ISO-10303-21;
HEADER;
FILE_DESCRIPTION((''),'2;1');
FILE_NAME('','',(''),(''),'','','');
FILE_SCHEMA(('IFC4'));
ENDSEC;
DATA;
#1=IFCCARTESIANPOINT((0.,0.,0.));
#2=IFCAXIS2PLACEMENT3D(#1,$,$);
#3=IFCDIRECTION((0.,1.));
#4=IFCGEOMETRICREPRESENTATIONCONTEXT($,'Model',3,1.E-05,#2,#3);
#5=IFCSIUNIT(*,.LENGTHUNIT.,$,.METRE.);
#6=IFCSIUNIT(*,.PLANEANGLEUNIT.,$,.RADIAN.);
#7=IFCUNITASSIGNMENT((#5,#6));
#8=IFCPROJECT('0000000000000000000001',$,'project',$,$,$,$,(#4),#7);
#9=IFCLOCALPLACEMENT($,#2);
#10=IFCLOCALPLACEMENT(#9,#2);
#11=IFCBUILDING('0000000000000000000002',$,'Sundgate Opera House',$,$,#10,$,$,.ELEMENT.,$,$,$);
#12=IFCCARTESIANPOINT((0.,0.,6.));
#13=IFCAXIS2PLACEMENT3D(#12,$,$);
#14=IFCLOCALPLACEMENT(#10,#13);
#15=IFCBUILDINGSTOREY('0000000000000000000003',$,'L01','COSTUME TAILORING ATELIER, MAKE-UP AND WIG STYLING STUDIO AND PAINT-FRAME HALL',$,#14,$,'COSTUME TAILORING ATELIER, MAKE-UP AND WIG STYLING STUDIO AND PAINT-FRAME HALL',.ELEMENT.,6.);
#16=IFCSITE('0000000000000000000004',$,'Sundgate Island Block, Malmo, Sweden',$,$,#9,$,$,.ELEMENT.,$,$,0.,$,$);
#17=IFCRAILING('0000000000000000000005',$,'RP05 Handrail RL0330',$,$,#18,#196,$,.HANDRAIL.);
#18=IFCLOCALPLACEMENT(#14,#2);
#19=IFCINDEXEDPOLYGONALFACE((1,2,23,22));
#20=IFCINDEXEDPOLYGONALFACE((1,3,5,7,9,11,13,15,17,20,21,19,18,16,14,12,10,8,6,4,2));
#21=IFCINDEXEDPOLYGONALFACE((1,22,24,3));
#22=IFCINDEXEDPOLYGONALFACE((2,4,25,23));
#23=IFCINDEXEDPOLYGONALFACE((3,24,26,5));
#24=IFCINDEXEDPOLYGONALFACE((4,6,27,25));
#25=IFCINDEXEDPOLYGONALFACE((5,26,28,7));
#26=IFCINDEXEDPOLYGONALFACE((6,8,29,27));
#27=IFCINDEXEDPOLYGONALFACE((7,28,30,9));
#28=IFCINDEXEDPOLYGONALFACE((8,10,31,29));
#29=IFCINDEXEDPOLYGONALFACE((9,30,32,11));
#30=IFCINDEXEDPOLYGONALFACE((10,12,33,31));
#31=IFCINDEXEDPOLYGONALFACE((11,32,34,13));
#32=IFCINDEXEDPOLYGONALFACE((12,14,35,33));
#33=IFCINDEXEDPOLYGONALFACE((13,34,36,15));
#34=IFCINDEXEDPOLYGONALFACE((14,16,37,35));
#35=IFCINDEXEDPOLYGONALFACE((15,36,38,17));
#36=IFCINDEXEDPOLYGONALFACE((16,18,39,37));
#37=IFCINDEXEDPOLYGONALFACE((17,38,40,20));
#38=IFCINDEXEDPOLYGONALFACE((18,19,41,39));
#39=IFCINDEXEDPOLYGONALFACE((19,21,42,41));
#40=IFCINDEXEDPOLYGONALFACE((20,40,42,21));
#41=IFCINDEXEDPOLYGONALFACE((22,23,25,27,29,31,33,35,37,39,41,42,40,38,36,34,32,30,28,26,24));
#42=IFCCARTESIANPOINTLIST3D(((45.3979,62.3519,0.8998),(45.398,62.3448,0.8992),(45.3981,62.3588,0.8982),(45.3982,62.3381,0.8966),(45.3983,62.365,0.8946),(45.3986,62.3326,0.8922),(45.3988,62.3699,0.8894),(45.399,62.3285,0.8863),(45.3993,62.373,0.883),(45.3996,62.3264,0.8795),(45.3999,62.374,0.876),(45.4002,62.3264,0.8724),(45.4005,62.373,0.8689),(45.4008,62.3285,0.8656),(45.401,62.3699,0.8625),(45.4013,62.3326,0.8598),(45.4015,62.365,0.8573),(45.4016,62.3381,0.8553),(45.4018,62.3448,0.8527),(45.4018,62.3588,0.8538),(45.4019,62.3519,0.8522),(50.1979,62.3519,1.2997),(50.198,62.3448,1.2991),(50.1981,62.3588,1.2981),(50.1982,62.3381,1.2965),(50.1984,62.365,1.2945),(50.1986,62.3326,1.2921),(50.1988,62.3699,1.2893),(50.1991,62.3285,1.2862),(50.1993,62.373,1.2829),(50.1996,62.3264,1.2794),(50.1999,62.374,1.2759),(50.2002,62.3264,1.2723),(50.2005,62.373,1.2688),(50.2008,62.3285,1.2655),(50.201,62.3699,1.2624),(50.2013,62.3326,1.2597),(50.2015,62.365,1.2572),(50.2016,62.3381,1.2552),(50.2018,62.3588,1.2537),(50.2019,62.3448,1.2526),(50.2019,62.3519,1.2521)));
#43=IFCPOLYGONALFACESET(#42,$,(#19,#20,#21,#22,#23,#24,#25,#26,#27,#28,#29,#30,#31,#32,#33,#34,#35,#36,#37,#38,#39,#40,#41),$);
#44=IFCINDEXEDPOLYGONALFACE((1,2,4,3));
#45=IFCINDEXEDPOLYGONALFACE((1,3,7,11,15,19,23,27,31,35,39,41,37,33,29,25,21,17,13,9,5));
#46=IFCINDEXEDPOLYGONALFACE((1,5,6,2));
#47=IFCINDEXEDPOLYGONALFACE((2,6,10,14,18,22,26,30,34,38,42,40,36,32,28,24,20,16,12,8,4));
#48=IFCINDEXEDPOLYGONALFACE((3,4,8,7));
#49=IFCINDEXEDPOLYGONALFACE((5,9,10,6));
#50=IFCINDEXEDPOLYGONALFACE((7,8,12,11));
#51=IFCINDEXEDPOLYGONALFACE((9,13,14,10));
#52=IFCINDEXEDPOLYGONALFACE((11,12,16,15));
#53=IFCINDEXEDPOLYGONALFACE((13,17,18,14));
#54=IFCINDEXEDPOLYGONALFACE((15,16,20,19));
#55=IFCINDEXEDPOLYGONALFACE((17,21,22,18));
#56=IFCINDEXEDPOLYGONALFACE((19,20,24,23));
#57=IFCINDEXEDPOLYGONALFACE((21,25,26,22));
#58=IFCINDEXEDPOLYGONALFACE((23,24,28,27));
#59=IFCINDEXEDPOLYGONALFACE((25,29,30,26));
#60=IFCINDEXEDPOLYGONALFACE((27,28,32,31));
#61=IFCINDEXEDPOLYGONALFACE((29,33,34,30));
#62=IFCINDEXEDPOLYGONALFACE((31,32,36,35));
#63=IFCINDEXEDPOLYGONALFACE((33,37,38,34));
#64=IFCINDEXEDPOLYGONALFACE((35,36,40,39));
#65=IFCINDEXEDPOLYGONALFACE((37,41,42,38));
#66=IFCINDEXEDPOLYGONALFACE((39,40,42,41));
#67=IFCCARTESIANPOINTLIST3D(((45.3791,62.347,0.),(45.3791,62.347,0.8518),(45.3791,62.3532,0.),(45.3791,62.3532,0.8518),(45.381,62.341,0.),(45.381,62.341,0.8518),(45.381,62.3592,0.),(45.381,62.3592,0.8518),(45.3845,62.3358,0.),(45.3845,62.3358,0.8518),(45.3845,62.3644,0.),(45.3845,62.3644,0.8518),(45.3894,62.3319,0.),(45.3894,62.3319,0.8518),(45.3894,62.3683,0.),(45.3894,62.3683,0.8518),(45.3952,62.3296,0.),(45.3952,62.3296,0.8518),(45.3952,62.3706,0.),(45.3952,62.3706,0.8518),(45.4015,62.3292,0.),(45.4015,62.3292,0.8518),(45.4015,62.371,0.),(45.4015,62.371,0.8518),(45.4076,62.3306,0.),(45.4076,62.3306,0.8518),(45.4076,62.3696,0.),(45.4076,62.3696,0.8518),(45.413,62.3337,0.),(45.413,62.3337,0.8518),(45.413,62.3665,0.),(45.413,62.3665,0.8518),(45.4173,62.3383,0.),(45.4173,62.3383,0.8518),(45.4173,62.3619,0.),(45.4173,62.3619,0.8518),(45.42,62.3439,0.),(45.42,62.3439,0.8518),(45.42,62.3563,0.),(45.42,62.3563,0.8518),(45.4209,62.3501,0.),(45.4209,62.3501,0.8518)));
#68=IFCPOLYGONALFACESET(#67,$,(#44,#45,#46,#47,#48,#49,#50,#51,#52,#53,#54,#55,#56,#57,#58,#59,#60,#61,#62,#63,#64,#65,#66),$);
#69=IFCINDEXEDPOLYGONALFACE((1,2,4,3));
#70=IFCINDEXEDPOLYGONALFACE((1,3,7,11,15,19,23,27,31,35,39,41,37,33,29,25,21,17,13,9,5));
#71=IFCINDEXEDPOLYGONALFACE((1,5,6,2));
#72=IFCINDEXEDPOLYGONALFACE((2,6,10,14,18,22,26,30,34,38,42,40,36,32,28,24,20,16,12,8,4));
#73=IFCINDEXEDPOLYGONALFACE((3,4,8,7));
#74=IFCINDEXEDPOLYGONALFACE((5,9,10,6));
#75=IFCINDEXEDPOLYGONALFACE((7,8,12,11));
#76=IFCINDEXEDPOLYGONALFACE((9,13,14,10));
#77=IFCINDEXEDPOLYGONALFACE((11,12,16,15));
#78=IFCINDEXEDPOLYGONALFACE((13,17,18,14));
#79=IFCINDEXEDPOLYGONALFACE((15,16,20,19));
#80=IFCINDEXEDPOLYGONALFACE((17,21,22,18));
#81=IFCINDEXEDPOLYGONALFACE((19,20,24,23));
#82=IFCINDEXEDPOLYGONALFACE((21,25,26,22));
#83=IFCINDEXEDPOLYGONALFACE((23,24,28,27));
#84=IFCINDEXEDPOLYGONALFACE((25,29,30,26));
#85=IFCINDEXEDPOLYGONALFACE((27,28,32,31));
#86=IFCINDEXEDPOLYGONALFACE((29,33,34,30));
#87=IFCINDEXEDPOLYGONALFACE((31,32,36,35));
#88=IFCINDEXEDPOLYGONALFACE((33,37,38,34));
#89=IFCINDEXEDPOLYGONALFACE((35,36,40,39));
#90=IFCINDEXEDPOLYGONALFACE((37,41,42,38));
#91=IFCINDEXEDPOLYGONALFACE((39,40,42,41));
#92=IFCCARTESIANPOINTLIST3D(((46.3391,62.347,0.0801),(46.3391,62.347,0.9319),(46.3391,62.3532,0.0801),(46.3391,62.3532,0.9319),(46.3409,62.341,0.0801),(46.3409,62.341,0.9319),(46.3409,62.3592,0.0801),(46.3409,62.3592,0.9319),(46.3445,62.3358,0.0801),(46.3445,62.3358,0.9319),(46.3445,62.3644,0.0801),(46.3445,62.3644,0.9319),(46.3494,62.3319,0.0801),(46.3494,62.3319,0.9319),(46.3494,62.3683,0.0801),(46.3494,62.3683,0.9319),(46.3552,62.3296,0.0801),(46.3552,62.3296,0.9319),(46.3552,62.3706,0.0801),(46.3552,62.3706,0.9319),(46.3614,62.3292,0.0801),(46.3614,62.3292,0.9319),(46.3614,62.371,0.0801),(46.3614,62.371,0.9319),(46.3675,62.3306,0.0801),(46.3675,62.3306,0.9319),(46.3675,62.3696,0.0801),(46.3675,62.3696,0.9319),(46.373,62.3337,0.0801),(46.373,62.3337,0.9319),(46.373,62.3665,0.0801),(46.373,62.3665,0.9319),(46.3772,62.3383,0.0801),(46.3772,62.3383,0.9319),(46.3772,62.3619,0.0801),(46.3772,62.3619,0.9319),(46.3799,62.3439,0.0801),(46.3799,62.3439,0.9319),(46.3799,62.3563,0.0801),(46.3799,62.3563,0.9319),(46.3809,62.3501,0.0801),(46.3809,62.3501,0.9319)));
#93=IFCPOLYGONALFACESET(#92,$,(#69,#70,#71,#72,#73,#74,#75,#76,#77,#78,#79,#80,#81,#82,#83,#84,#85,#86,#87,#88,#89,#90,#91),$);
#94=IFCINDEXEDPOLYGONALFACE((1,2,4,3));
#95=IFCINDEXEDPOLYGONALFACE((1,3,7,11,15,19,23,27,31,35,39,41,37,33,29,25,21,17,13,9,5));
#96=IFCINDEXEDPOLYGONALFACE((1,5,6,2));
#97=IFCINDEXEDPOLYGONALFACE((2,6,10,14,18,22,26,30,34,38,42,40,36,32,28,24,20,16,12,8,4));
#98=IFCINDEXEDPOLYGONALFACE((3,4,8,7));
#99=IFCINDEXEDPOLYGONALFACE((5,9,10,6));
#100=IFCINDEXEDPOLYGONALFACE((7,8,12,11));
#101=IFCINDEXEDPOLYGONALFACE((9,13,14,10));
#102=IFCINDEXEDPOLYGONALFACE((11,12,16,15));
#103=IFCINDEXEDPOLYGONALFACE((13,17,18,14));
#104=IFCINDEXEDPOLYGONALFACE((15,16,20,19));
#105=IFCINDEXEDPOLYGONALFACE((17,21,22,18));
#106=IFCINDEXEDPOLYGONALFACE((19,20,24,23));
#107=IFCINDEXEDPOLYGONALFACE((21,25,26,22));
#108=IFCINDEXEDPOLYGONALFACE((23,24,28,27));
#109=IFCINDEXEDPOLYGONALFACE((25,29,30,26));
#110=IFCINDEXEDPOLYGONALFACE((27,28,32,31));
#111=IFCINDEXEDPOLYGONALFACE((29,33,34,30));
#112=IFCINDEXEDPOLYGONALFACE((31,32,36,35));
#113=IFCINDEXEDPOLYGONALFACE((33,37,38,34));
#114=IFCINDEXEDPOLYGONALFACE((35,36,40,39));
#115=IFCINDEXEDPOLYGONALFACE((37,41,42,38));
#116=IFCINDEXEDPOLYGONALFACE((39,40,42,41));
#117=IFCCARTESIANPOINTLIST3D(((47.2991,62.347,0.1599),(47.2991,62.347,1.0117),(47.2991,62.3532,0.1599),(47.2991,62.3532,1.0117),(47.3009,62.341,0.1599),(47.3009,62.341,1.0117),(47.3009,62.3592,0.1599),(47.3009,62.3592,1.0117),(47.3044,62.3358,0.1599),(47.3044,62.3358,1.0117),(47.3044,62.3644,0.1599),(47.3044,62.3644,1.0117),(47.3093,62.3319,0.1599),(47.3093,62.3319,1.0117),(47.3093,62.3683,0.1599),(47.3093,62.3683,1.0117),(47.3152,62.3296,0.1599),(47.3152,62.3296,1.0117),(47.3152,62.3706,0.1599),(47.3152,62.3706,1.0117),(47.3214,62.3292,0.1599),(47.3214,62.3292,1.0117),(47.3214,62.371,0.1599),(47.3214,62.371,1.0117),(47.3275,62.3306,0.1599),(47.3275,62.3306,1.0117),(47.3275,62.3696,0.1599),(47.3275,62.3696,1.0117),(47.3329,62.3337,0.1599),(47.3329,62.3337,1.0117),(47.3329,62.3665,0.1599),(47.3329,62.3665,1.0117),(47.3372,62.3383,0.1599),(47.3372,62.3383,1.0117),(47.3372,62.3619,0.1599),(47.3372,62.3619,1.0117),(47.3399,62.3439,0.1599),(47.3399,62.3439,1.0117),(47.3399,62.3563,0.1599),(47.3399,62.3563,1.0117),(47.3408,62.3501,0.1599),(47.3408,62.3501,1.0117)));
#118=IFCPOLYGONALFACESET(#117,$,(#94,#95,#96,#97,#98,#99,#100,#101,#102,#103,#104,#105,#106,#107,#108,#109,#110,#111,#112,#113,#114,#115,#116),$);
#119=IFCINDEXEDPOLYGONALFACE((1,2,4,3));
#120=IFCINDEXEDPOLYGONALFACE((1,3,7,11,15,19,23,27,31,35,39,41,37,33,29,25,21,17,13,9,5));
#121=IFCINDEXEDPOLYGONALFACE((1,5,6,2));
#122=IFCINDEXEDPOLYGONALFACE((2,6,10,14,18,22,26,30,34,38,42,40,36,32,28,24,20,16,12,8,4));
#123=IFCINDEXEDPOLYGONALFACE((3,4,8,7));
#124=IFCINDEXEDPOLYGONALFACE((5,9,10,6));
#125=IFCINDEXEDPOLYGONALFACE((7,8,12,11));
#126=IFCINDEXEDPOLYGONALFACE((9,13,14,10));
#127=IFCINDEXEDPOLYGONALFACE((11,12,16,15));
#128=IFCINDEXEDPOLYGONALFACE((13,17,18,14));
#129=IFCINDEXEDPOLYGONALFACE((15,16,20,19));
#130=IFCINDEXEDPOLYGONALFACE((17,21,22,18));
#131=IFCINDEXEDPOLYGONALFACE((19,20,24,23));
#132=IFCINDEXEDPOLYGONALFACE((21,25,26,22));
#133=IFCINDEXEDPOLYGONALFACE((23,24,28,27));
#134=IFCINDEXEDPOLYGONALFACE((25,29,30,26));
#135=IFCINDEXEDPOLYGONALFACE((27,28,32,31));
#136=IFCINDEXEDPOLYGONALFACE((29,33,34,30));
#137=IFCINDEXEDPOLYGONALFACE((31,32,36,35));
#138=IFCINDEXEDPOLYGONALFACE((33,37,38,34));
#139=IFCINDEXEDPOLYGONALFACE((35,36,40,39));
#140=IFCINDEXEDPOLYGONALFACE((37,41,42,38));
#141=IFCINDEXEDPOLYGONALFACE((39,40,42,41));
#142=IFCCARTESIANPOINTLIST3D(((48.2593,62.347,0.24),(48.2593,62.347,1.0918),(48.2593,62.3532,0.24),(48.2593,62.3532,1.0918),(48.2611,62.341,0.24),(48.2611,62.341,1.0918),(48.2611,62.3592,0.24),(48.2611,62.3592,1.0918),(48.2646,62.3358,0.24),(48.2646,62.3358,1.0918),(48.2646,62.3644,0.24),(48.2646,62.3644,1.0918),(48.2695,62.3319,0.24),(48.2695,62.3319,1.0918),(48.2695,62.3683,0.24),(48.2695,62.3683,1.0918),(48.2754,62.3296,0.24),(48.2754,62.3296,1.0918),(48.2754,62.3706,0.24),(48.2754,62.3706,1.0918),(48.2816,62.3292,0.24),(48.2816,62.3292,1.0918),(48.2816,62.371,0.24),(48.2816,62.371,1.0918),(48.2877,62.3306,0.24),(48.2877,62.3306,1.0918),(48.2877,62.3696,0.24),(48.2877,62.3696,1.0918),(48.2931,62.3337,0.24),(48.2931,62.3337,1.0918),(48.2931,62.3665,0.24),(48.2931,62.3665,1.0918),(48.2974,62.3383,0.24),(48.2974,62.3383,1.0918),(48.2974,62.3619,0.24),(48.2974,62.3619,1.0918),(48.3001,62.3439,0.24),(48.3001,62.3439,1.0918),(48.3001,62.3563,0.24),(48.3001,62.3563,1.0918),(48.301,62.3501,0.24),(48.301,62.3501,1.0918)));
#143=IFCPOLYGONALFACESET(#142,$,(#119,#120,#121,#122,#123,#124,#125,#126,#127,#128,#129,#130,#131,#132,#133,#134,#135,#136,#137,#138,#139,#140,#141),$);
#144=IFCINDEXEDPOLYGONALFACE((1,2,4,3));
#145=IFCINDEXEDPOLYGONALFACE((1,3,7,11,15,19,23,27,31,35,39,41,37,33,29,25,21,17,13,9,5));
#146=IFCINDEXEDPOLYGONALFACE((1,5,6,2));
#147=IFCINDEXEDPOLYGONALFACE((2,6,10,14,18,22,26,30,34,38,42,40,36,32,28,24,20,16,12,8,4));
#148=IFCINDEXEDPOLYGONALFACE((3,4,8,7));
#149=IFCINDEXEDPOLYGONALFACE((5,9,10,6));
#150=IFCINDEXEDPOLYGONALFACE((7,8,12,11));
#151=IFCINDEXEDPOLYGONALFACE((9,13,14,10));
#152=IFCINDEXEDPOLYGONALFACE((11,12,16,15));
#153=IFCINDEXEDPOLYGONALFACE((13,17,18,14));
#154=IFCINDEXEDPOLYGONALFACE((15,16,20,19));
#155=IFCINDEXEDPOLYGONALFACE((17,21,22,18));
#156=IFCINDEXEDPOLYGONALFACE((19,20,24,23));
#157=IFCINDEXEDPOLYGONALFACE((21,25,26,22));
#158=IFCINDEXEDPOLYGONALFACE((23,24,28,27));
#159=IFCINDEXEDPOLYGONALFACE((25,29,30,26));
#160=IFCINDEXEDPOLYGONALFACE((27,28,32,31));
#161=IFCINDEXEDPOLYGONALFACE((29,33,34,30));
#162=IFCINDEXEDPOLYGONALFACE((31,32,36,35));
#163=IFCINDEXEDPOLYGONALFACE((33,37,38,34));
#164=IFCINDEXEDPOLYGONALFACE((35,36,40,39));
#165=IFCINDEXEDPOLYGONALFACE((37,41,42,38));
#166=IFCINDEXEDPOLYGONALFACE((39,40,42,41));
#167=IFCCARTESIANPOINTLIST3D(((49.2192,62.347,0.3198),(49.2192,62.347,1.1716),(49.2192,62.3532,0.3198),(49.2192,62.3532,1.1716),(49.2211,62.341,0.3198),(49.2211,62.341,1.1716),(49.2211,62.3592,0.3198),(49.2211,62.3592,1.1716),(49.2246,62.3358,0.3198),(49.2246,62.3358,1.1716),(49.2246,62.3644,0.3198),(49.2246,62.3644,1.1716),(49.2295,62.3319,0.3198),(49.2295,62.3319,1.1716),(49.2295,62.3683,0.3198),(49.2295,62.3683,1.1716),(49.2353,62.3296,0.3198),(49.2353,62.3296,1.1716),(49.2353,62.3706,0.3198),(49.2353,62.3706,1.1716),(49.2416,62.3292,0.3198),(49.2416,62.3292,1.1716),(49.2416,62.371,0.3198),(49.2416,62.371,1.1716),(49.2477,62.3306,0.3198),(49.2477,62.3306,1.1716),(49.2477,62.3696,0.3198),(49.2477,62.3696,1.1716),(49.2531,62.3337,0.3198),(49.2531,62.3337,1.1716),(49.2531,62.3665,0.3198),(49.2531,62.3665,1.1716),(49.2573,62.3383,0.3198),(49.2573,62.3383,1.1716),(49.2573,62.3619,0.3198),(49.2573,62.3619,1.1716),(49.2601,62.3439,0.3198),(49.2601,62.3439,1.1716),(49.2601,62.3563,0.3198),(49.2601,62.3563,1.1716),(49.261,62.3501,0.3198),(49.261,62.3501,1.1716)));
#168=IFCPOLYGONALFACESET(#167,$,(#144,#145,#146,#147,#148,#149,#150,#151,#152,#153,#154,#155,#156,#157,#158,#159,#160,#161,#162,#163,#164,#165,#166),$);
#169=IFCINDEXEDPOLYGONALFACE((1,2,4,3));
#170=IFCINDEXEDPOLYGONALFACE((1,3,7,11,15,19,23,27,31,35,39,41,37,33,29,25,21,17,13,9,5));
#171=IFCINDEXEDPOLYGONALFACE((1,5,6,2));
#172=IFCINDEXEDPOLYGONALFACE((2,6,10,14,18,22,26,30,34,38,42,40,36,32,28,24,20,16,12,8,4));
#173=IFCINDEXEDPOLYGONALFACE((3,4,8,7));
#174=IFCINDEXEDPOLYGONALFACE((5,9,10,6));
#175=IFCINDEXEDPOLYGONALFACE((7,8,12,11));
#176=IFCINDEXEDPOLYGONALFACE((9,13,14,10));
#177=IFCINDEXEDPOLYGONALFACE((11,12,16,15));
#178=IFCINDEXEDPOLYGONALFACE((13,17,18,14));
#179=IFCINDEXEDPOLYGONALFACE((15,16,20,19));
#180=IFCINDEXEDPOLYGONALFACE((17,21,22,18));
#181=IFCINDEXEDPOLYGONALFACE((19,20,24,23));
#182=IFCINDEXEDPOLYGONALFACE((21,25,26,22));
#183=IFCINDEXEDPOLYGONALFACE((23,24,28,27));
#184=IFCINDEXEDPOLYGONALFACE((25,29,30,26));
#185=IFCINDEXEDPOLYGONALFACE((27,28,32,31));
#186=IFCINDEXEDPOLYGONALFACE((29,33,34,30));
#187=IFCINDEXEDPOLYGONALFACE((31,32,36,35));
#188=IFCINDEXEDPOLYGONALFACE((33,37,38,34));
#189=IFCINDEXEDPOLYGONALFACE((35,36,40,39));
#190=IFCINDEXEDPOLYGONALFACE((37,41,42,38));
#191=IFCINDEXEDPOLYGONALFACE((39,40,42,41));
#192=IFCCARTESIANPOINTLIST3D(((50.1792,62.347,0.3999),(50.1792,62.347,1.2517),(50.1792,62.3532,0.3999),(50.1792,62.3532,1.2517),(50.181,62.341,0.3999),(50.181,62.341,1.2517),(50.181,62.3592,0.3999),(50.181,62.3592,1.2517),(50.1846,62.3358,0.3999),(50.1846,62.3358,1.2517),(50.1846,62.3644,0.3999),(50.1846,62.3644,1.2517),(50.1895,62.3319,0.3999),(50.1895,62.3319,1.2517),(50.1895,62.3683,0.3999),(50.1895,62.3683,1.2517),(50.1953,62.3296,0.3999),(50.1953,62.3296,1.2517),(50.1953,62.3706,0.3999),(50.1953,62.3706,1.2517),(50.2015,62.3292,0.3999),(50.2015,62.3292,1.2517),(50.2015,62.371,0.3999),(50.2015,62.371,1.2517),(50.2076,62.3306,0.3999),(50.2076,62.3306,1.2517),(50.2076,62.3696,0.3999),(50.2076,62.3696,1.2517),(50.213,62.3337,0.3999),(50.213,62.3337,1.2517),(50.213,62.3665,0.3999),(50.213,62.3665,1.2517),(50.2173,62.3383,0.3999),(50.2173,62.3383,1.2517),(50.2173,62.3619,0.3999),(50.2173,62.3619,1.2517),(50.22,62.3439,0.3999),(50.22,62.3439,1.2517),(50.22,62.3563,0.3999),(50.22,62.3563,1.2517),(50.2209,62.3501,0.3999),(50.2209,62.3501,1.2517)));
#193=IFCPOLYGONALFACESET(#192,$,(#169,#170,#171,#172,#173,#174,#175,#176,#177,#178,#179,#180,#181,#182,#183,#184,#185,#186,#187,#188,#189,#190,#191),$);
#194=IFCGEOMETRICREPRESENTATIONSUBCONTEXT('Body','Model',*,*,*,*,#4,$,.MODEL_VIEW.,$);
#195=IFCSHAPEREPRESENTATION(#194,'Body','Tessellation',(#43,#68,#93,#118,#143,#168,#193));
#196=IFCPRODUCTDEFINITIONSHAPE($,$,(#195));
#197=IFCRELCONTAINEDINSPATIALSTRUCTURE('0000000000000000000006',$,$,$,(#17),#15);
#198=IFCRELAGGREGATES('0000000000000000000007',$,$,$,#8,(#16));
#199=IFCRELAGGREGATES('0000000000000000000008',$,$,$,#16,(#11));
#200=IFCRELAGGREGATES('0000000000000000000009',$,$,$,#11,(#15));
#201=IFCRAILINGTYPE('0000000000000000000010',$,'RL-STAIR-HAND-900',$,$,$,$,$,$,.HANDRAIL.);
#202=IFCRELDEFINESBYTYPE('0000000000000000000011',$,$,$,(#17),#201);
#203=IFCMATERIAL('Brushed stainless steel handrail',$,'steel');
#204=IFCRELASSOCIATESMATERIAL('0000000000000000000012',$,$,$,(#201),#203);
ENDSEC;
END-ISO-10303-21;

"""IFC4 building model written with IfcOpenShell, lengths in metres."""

from ifc_helpers import new_model, si_unit, direction, frame, origin, origin_2d, place, context, subcontext, project, spatial, circle, extrude, material, type_object, element, save


model = new_model("IFC4")

# Units and contexts
model_context = context("Model", 3, precision=1e-05, world=origin(), true_north=direction((0.0, 1.0)))
body_context = subcontext(model_context, "Body", "Model", "MODEL_VIEW")
ifc_project = project(units=[si_unit("LENGTHUNIT", "METRE"), si_unit("PLANEANGLEUNIT", "RADIAN")], contexts=[model_context])

# Site, building, storey
site_placement = place(None, origin())
site = spatial("IfcSite", under=ifc_project, at=site_placement, Name="Sundgate Island Block, Malmo, Sweden", CompositionType="ELEMENT", RefElevation=0.0)
building_placement = place(site_placement, origin())
building = spatial("IfcBuilding", under=site, at=building_placement, Name="Sundgate Opera House", CompositionType="ELEMENT")
storey_placement = place(building_placement, frame((0.0, 0.0, 6.0)))
storey = spatial("IfcBuildingStorey", under=building, at=storey_placement, Name="L01", Description="COSTUME TAILORING ATELIER, MAKE-UP AND WIG STYLING STUDIO AND PAINT-FRAME HALL", LongName="COSTUME TAILORING ATELIER, MAKE-UP AND WIG STYLING STUDIO AND PAINT-FRAME HALL", CompositionType="ELEMENT", Elevation=6.0)

# Railing
ifc_material_1 = material(Name="Brushed stainless steel handrail", Category="steel")
railing_type = type_object("IfcRailingType", Name="RL-STAIR-HAND-900", PredefinedType="HANDRAIL", material=ifc_material_1)
for number, where, name in (
    (1, (45.3999, 62.3501, 0.0), "RP05 Handrail RL0330"),
):
    element("IfcRailing", number, at=place(storey_placement, frame(where)), inside=storey, type_object=railing_type, Name=name, PredefinedType="HANDRAIL", context=body_context, shape_type="SweptSolid", body=[
        extrude(circle(Radius=0.0239, at=origin_2d()), frame((0.0, 0.0, 0.876), z_axis=(0.996548, 0.0, 0.083025), x_axis=(0.0, 1.0, 0.0)), (0.0, 0.0, 1.0), 4.8167),
        extrude(circle(Radius=0.021, at=origin_2d()), origin(), (0.0, 0.0, 1.0), 0.8518),
        extrude(circle(Radius=0.021, at=origin_2d()), frame((0.96, 0.0, 0.0801)), (0.0, 0.0, 1.0), 0.8518),
        extrude(circle(Radius=0.021, at=origin_2d()), frame((1.9199, 0.0, 0.1599)), (0.0, 0.0, 1.0), 0.8518),
        extrude(circle(Radius=0.021, at=origin_2d()), frame((2.8801, 0.0, 0.24)), (0.0, 0.0, 1.0), 0.8518),
        extrude(circle(Radius=0.021, at=origin_2d()), frame((3.8401, 0.0, 0.3198)), (0.0, 0.0, 1.0), 0.8518),
        extrude(circle(Radius=0.021, at=origin_2d()), frame((4.8, 0.0, 0.3999)), (0.0, 0.0, 1.0), 0.8518),
    ])

save(model, "model.ifc")
